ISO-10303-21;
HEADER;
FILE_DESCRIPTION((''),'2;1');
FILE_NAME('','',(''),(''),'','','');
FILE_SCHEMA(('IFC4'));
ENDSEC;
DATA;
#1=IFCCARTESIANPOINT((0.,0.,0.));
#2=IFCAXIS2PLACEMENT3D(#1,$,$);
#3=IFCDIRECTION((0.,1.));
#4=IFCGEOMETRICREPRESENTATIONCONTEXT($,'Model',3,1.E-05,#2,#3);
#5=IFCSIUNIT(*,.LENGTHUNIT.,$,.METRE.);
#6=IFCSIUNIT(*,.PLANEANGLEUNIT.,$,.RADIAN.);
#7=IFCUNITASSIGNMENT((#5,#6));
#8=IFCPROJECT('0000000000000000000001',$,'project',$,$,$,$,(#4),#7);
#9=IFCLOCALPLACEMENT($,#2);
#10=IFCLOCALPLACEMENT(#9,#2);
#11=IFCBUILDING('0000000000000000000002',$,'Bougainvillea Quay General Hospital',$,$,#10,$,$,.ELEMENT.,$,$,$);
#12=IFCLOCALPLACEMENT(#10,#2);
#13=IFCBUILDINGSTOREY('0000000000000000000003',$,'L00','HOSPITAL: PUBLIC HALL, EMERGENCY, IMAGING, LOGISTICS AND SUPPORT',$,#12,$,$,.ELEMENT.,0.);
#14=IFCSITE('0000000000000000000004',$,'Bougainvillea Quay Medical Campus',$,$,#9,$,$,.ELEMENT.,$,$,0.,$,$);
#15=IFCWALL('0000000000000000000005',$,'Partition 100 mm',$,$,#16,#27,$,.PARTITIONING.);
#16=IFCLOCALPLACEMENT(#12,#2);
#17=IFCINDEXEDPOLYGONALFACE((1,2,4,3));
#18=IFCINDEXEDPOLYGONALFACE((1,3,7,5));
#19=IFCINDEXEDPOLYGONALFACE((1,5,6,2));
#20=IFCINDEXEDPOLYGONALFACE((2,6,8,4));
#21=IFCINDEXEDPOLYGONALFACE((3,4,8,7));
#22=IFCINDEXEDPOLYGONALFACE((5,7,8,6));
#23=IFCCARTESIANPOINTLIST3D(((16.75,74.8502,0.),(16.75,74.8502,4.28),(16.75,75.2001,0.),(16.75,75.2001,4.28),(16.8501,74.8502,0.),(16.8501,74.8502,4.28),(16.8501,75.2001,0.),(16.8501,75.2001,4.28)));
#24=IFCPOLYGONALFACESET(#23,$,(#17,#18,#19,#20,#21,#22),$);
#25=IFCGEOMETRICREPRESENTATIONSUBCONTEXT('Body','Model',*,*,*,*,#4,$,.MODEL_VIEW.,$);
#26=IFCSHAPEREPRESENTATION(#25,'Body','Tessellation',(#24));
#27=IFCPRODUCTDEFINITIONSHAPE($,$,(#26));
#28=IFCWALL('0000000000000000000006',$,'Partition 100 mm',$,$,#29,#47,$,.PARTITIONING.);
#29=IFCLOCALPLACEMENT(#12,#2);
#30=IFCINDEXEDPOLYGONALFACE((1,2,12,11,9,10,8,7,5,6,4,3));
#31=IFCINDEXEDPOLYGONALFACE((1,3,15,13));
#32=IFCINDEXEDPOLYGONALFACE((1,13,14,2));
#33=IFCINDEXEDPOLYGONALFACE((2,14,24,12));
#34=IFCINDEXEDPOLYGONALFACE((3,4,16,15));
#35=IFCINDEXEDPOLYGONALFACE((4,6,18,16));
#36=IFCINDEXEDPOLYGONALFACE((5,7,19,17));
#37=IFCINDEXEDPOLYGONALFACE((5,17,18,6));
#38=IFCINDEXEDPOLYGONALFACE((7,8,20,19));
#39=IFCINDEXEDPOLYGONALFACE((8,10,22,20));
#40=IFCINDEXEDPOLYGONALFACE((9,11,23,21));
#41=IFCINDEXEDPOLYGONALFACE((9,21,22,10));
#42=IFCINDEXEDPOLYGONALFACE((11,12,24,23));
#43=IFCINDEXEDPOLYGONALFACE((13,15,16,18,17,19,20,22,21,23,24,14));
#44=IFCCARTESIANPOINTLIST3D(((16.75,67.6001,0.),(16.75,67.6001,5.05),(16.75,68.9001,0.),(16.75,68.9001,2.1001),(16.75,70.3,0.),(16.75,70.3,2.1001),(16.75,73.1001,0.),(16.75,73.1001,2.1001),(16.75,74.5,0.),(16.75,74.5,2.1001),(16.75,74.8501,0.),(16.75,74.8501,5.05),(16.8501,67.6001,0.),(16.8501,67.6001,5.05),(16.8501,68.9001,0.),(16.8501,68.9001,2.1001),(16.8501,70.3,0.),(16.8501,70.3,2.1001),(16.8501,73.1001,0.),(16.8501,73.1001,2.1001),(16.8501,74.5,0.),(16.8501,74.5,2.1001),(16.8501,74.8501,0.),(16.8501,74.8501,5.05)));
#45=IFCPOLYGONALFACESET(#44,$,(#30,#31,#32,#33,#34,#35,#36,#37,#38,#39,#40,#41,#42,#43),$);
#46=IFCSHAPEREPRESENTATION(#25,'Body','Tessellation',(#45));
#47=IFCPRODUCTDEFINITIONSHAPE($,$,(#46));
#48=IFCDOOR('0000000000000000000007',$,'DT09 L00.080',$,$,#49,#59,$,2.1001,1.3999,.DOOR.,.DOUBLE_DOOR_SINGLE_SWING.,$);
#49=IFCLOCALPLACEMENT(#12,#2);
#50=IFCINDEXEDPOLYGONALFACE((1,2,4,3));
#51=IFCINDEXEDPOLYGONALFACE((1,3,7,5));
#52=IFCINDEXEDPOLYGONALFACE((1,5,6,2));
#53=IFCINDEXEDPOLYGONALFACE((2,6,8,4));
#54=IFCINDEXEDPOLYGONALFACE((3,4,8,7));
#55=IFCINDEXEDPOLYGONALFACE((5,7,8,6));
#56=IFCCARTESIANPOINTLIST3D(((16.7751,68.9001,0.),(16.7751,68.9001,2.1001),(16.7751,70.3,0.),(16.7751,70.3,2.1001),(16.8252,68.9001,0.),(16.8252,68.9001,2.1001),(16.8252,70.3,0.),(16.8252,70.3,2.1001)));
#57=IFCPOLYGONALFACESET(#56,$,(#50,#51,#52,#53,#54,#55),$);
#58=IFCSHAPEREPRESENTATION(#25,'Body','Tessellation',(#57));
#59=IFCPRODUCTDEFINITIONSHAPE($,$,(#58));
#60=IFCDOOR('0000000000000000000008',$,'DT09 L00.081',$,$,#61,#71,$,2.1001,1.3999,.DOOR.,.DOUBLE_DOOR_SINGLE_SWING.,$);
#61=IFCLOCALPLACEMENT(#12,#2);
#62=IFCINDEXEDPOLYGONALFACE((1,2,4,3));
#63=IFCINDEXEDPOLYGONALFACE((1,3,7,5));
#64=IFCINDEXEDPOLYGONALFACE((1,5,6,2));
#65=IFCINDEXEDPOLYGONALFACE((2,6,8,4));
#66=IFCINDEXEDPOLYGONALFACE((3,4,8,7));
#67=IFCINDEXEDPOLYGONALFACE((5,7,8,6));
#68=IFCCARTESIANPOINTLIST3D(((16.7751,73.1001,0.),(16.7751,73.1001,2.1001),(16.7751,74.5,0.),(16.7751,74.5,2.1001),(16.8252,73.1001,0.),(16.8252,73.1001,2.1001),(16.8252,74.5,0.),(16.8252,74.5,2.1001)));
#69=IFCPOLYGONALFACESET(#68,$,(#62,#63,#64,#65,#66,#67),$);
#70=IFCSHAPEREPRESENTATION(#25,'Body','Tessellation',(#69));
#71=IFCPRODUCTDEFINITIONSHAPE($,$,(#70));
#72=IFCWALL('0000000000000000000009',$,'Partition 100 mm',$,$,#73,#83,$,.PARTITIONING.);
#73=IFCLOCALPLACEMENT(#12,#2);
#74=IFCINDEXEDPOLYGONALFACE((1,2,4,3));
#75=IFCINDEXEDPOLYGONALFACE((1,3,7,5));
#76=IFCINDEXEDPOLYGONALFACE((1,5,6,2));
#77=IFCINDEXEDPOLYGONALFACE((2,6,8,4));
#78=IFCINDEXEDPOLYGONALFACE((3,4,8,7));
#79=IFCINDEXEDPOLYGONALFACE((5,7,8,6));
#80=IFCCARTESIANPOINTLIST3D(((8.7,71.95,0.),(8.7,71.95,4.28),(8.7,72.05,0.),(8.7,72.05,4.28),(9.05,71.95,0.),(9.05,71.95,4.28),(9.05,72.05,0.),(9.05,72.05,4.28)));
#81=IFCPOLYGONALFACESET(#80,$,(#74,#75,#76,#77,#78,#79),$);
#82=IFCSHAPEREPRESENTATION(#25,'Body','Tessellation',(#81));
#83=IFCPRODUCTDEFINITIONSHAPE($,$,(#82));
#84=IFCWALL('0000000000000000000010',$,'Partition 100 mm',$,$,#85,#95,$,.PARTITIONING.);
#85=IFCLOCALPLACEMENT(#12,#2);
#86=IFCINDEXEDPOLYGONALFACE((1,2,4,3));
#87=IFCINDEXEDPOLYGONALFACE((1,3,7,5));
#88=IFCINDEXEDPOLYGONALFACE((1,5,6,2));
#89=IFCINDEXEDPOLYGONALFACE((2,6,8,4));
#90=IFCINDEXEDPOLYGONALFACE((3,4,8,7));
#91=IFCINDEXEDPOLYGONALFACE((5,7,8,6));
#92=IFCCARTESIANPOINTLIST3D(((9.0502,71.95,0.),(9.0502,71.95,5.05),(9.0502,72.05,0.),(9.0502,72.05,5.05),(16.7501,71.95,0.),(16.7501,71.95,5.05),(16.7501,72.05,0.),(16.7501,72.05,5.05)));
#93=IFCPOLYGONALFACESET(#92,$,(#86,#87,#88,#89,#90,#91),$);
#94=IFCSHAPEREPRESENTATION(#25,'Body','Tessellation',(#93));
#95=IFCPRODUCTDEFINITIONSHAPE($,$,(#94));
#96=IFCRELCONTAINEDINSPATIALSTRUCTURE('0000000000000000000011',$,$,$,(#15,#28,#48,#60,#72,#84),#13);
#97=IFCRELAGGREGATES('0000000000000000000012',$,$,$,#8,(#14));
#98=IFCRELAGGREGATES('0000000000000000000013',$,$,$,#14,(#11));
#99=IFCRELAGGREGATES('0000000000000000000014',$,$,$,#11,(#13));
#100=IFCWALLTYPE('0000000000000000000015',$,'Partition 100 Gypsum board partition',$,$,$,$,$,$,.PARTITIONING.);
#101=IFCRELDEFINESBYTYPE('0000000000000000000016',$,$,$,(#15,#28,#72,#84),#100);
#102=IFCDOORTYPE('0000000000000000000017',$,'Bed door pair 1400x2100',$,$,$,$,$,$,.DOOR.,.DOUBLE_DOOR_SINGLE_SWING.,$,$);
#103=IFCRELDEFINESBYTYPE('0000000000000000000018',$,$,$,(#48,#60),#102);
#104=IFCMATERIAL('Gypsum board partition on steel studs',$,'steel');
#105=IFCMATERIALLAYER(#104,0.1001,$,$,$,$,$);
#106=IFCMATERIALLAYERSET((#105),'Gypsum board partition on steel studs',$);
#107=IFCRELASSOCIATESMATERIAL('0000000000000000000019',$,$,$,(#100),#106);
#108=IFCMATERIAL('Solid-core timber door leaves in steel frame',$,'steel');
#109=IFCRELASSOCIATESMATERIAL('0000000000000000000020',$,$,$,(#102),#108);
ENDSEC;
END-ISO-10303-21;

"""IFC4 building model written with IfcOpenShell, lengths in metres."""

from ifc_helpers import new_model, si_unit, direction, frame, frame_2d, origin, place, context, subcontext, project, spatial, rectangle, extrude, material, layer, layer_set, type_object, element, fill, save


model = new_model("IFC4")

# Units and contexts
model_context = context("Model", 3, precision=1e-05, world=origin(), true_north=direction((0.0, 1.0)))
body_context = subcontext(model_context, "Body", "Model", "MODEL_VIEW")
ifc_project = project(units=[si_unit("LENGTHUNIT", "METRE"), si_unit("PLANEANGLEUNIT", "RADIAN")], contexts=[model_context])

# Site, building, storey
site_placement = place(None, origin())
site = spatial("IfcSite", under=ifc_project, at=site_placement, Name="Bougainvillea Quay Medical Campus", CompositionType="ELEMENT", RefElevation=0.0)
building_placement = place(site_placement, origin())
building = spatial("IfcBuilding", under=site, at=building_placement, Name="Bougainvillea Quay General Hospital", CompositionType="ELEMENT")
storey_placement = place(building_placement, origin())
storey = spatial("IfcBuildingStorey", under=building, at=storey_placement, Name="L00", Description="HOSPITAL: PUBLIC HALL, EMERGENCY, IMAGING, LOGISTICS AND SUPPORT", CompositionType="ELEMENT", Elevation=0.0)

# Wall
ifc_material_1 = material(Name="Gypsum board partition on steel studs", Category="steel")
ifc_layer_1 = layer(ifc_material_1, 0.1001)
ifc_layer_set_1 = layer_set([ifc_layer_1], Name="Gypsum board partition on steel studs")
wall_type_1 = type_object("IfcWallType", Name="Partition 100 Gypsum board partition", PredefinedType="PARTITIONING", material=ifc_layer_set_1)
wall_1_placement = place(storey_placement, frame((16.8, 75.2, 0.0), z_axis=(0.0, 0.0, 1.0), x_axis=(0.0, -1.0, 0.0)))
element("IfcWall", 1, at=wall_1_placement, inside=storey, type_object=wall_type_1, Name="Partition 100 mm", PredefinedType="PARTITIONING", context=body_context, shape_type="SweptSolid", body=[
    extrude(rectangle(XDim=0.3499, YDim=0.1001, at=frame_2d((0.1748, 0.0))), origin(), (0.0, 0.0, 1.0), 4.28),
])

# Wall, openings, doors
wall_2_placement = place(storey_placement, frame((16.8, 74.8501, 0.0), z_axis=(0.0, 0.0, 1.0), x_axis=(0.0, -1.0, 0.0)))
wall_2 = element("IfcWall", 2, at=wall_2_placement, inside=storey, type_object=wall_type_1, Name="Partition 100 mm", PredefinedType="PARTITIONING", context=body_context, shape_type="SweptSolid", body=[
    extrude(rectangle(XDim=7.25, YDim=0.1001, at=frame_2d((3.625, 0.0))), origin(), (0.0, 0.0, 1.0), 5.05),
])
opening_1_placement = place(wall_2_placement, frame((4.55, 0.0, 0.0)))
opening_1 = element("IfcOpeningElement", 3, at=opening_1_placement, cuts=wall_2, PredefinedType="OPENING", context=body_context, shape_type="SweptSolid", body=[
    extrude(rectangle(XDim=1.3999, YDim=2.1001, at=frame_2d((0.7, 1.05))), frame((0.0, 0.0601, 0.0), z_axis=(0.0, -1.0, 0.0), x_axis=(1.0, 0.0, 0.0)), (0.0, 0.0, 1.0), 0.1201),
])
opening_2_placement = place(wall_2_placement, frame((0.3501, 0.0, 0.0)))
opening_2 = element("IfcOpeningElement", 4, at=opening_2_placement, cuts=wall_2, PredefinedType="OPENING", context=body_context, shape_type="SweptSolid", body=[
    extrude(rectangle(XDim=1.3999, YDim=2.1001, at=frame_2d((0.7, 1.05))), frame((0.0, 0.0601, 0.0), z_axis=(0.0, -1.0, 0.0), x_axis=(1.0, 0.0, 0.0)), (0.0, 0.0, 1.0), 0.1201),
])
ifc_material_2 = material(Name="Solid-core timber door leaves in steel frame", Category="steel")
door_type_1 = type_object("IfcDoorType", Name="Bed door pair 1400x2100", OperationType="DOUBLE_DOOR_SINGLE_SWING", PredefinedType="DOOR", material=ifc_material_2)
door_1_placement = place(opening_1_placement, frame((1.3999, 0.0, 0.0), z_axis=(0.0, 0.0, 1.0), x_axis=(-1.0, 0.0, 0.0)))
door_1 = element("IfcDoor", 5, at=door_1_placement, inside=storey, type_object=door_type_1, Name="DT09 L00.080", OperationType="DOUBLE_DOOR_SINGLE_SWING", OverallHeight=2.1001, OverallWidth=1.3999, PredefinedType="DOOR", context=body_context, shape_type="SweptSolid", body=[
    extrude(rectangle(XDim=1.3999, YDim=2.1001, at=frame_2d((0.7, 1.05))), frame((0.0, 0.0249, 0.0), z_axis=(0.0, -1.0, 0.0), x_axis=(1.0, 0.0, 0.0)), (0.0, 0.0, 1.0), 0.05),
])
fill(opening_1, door_1)
door_2_placement = place(opening_2_placement, frame((1.3999, 0.0, 0.0), z_axis=(0.0, 0.0, 1.0), x_axis=(-1.0, 0.0, 0.0)))
door_2 = element("IfcDoor", 6, at=door_2_placement, inside=storey, type_object=door_type_1, Name="DT09 L00.081", OperationType="DOUBLE_DOOR_SINGLE_SWING", OverallHeight=2.1001, OverallWidth=1.3999, PredefinedType="DOOR", context=body_context, shape_type="SweptSolid", body=[
    extrude(rectangle(XDim=1.3999, YDim=2.1001, at=frame_2d((0.7, 1.05))), frame((0.0, 0.0249, 0.0), z_axis=(0.0, -1.0, 0.0), x_axis=(1.0, 0.0, 0.0)), (0.0, 0.0, 1.0), 0.05),
])
fill(opening_2, door_2)

# Walls
wall_3_placement = place(storey_placement, frame((8.7, 72.0, 0.0), z_axis=(0.0, 0.0, 1.0), x_axis=(1.0, 0.0, 0.0)))
element("IfcWall", 7, at=wall_3_placement, inside=storey, type_object=wall_type_1, Name="Partition 100 mm", PredefinedType="PARTITIONING", context=body_context, shape_type="SweptSolid", body=[
    extrude(rectangle(XDim=0.3501, YDim=0.1001, at=frame_2d((0.175, 0.0))), origin(), (0.0, 0.0, 1.0), 4.28),
])
wall_4_placement = place(storey_placement, frame((9.05, 72.0, 0.0), z_axis=(0.0, 0.0, 1.0), x_axis=(1.0, 0.0, 0.0)))
element("IfcWall", 8, at=wall_4_placement, inside=storey, type_object=wall_type_1, Name="Partition 100 mm", PredefinedType="PARTITIONING", context=body_context, shape_type="SweptSolid", body=[
    extrude(rectangle(XDim=7.7, YDim=0.1001, at=frame_2d((3.8501, 0.0))), origin(), (0.0, 0.0, 1.0), 5.05),
])

save(model, "model.ifc")
